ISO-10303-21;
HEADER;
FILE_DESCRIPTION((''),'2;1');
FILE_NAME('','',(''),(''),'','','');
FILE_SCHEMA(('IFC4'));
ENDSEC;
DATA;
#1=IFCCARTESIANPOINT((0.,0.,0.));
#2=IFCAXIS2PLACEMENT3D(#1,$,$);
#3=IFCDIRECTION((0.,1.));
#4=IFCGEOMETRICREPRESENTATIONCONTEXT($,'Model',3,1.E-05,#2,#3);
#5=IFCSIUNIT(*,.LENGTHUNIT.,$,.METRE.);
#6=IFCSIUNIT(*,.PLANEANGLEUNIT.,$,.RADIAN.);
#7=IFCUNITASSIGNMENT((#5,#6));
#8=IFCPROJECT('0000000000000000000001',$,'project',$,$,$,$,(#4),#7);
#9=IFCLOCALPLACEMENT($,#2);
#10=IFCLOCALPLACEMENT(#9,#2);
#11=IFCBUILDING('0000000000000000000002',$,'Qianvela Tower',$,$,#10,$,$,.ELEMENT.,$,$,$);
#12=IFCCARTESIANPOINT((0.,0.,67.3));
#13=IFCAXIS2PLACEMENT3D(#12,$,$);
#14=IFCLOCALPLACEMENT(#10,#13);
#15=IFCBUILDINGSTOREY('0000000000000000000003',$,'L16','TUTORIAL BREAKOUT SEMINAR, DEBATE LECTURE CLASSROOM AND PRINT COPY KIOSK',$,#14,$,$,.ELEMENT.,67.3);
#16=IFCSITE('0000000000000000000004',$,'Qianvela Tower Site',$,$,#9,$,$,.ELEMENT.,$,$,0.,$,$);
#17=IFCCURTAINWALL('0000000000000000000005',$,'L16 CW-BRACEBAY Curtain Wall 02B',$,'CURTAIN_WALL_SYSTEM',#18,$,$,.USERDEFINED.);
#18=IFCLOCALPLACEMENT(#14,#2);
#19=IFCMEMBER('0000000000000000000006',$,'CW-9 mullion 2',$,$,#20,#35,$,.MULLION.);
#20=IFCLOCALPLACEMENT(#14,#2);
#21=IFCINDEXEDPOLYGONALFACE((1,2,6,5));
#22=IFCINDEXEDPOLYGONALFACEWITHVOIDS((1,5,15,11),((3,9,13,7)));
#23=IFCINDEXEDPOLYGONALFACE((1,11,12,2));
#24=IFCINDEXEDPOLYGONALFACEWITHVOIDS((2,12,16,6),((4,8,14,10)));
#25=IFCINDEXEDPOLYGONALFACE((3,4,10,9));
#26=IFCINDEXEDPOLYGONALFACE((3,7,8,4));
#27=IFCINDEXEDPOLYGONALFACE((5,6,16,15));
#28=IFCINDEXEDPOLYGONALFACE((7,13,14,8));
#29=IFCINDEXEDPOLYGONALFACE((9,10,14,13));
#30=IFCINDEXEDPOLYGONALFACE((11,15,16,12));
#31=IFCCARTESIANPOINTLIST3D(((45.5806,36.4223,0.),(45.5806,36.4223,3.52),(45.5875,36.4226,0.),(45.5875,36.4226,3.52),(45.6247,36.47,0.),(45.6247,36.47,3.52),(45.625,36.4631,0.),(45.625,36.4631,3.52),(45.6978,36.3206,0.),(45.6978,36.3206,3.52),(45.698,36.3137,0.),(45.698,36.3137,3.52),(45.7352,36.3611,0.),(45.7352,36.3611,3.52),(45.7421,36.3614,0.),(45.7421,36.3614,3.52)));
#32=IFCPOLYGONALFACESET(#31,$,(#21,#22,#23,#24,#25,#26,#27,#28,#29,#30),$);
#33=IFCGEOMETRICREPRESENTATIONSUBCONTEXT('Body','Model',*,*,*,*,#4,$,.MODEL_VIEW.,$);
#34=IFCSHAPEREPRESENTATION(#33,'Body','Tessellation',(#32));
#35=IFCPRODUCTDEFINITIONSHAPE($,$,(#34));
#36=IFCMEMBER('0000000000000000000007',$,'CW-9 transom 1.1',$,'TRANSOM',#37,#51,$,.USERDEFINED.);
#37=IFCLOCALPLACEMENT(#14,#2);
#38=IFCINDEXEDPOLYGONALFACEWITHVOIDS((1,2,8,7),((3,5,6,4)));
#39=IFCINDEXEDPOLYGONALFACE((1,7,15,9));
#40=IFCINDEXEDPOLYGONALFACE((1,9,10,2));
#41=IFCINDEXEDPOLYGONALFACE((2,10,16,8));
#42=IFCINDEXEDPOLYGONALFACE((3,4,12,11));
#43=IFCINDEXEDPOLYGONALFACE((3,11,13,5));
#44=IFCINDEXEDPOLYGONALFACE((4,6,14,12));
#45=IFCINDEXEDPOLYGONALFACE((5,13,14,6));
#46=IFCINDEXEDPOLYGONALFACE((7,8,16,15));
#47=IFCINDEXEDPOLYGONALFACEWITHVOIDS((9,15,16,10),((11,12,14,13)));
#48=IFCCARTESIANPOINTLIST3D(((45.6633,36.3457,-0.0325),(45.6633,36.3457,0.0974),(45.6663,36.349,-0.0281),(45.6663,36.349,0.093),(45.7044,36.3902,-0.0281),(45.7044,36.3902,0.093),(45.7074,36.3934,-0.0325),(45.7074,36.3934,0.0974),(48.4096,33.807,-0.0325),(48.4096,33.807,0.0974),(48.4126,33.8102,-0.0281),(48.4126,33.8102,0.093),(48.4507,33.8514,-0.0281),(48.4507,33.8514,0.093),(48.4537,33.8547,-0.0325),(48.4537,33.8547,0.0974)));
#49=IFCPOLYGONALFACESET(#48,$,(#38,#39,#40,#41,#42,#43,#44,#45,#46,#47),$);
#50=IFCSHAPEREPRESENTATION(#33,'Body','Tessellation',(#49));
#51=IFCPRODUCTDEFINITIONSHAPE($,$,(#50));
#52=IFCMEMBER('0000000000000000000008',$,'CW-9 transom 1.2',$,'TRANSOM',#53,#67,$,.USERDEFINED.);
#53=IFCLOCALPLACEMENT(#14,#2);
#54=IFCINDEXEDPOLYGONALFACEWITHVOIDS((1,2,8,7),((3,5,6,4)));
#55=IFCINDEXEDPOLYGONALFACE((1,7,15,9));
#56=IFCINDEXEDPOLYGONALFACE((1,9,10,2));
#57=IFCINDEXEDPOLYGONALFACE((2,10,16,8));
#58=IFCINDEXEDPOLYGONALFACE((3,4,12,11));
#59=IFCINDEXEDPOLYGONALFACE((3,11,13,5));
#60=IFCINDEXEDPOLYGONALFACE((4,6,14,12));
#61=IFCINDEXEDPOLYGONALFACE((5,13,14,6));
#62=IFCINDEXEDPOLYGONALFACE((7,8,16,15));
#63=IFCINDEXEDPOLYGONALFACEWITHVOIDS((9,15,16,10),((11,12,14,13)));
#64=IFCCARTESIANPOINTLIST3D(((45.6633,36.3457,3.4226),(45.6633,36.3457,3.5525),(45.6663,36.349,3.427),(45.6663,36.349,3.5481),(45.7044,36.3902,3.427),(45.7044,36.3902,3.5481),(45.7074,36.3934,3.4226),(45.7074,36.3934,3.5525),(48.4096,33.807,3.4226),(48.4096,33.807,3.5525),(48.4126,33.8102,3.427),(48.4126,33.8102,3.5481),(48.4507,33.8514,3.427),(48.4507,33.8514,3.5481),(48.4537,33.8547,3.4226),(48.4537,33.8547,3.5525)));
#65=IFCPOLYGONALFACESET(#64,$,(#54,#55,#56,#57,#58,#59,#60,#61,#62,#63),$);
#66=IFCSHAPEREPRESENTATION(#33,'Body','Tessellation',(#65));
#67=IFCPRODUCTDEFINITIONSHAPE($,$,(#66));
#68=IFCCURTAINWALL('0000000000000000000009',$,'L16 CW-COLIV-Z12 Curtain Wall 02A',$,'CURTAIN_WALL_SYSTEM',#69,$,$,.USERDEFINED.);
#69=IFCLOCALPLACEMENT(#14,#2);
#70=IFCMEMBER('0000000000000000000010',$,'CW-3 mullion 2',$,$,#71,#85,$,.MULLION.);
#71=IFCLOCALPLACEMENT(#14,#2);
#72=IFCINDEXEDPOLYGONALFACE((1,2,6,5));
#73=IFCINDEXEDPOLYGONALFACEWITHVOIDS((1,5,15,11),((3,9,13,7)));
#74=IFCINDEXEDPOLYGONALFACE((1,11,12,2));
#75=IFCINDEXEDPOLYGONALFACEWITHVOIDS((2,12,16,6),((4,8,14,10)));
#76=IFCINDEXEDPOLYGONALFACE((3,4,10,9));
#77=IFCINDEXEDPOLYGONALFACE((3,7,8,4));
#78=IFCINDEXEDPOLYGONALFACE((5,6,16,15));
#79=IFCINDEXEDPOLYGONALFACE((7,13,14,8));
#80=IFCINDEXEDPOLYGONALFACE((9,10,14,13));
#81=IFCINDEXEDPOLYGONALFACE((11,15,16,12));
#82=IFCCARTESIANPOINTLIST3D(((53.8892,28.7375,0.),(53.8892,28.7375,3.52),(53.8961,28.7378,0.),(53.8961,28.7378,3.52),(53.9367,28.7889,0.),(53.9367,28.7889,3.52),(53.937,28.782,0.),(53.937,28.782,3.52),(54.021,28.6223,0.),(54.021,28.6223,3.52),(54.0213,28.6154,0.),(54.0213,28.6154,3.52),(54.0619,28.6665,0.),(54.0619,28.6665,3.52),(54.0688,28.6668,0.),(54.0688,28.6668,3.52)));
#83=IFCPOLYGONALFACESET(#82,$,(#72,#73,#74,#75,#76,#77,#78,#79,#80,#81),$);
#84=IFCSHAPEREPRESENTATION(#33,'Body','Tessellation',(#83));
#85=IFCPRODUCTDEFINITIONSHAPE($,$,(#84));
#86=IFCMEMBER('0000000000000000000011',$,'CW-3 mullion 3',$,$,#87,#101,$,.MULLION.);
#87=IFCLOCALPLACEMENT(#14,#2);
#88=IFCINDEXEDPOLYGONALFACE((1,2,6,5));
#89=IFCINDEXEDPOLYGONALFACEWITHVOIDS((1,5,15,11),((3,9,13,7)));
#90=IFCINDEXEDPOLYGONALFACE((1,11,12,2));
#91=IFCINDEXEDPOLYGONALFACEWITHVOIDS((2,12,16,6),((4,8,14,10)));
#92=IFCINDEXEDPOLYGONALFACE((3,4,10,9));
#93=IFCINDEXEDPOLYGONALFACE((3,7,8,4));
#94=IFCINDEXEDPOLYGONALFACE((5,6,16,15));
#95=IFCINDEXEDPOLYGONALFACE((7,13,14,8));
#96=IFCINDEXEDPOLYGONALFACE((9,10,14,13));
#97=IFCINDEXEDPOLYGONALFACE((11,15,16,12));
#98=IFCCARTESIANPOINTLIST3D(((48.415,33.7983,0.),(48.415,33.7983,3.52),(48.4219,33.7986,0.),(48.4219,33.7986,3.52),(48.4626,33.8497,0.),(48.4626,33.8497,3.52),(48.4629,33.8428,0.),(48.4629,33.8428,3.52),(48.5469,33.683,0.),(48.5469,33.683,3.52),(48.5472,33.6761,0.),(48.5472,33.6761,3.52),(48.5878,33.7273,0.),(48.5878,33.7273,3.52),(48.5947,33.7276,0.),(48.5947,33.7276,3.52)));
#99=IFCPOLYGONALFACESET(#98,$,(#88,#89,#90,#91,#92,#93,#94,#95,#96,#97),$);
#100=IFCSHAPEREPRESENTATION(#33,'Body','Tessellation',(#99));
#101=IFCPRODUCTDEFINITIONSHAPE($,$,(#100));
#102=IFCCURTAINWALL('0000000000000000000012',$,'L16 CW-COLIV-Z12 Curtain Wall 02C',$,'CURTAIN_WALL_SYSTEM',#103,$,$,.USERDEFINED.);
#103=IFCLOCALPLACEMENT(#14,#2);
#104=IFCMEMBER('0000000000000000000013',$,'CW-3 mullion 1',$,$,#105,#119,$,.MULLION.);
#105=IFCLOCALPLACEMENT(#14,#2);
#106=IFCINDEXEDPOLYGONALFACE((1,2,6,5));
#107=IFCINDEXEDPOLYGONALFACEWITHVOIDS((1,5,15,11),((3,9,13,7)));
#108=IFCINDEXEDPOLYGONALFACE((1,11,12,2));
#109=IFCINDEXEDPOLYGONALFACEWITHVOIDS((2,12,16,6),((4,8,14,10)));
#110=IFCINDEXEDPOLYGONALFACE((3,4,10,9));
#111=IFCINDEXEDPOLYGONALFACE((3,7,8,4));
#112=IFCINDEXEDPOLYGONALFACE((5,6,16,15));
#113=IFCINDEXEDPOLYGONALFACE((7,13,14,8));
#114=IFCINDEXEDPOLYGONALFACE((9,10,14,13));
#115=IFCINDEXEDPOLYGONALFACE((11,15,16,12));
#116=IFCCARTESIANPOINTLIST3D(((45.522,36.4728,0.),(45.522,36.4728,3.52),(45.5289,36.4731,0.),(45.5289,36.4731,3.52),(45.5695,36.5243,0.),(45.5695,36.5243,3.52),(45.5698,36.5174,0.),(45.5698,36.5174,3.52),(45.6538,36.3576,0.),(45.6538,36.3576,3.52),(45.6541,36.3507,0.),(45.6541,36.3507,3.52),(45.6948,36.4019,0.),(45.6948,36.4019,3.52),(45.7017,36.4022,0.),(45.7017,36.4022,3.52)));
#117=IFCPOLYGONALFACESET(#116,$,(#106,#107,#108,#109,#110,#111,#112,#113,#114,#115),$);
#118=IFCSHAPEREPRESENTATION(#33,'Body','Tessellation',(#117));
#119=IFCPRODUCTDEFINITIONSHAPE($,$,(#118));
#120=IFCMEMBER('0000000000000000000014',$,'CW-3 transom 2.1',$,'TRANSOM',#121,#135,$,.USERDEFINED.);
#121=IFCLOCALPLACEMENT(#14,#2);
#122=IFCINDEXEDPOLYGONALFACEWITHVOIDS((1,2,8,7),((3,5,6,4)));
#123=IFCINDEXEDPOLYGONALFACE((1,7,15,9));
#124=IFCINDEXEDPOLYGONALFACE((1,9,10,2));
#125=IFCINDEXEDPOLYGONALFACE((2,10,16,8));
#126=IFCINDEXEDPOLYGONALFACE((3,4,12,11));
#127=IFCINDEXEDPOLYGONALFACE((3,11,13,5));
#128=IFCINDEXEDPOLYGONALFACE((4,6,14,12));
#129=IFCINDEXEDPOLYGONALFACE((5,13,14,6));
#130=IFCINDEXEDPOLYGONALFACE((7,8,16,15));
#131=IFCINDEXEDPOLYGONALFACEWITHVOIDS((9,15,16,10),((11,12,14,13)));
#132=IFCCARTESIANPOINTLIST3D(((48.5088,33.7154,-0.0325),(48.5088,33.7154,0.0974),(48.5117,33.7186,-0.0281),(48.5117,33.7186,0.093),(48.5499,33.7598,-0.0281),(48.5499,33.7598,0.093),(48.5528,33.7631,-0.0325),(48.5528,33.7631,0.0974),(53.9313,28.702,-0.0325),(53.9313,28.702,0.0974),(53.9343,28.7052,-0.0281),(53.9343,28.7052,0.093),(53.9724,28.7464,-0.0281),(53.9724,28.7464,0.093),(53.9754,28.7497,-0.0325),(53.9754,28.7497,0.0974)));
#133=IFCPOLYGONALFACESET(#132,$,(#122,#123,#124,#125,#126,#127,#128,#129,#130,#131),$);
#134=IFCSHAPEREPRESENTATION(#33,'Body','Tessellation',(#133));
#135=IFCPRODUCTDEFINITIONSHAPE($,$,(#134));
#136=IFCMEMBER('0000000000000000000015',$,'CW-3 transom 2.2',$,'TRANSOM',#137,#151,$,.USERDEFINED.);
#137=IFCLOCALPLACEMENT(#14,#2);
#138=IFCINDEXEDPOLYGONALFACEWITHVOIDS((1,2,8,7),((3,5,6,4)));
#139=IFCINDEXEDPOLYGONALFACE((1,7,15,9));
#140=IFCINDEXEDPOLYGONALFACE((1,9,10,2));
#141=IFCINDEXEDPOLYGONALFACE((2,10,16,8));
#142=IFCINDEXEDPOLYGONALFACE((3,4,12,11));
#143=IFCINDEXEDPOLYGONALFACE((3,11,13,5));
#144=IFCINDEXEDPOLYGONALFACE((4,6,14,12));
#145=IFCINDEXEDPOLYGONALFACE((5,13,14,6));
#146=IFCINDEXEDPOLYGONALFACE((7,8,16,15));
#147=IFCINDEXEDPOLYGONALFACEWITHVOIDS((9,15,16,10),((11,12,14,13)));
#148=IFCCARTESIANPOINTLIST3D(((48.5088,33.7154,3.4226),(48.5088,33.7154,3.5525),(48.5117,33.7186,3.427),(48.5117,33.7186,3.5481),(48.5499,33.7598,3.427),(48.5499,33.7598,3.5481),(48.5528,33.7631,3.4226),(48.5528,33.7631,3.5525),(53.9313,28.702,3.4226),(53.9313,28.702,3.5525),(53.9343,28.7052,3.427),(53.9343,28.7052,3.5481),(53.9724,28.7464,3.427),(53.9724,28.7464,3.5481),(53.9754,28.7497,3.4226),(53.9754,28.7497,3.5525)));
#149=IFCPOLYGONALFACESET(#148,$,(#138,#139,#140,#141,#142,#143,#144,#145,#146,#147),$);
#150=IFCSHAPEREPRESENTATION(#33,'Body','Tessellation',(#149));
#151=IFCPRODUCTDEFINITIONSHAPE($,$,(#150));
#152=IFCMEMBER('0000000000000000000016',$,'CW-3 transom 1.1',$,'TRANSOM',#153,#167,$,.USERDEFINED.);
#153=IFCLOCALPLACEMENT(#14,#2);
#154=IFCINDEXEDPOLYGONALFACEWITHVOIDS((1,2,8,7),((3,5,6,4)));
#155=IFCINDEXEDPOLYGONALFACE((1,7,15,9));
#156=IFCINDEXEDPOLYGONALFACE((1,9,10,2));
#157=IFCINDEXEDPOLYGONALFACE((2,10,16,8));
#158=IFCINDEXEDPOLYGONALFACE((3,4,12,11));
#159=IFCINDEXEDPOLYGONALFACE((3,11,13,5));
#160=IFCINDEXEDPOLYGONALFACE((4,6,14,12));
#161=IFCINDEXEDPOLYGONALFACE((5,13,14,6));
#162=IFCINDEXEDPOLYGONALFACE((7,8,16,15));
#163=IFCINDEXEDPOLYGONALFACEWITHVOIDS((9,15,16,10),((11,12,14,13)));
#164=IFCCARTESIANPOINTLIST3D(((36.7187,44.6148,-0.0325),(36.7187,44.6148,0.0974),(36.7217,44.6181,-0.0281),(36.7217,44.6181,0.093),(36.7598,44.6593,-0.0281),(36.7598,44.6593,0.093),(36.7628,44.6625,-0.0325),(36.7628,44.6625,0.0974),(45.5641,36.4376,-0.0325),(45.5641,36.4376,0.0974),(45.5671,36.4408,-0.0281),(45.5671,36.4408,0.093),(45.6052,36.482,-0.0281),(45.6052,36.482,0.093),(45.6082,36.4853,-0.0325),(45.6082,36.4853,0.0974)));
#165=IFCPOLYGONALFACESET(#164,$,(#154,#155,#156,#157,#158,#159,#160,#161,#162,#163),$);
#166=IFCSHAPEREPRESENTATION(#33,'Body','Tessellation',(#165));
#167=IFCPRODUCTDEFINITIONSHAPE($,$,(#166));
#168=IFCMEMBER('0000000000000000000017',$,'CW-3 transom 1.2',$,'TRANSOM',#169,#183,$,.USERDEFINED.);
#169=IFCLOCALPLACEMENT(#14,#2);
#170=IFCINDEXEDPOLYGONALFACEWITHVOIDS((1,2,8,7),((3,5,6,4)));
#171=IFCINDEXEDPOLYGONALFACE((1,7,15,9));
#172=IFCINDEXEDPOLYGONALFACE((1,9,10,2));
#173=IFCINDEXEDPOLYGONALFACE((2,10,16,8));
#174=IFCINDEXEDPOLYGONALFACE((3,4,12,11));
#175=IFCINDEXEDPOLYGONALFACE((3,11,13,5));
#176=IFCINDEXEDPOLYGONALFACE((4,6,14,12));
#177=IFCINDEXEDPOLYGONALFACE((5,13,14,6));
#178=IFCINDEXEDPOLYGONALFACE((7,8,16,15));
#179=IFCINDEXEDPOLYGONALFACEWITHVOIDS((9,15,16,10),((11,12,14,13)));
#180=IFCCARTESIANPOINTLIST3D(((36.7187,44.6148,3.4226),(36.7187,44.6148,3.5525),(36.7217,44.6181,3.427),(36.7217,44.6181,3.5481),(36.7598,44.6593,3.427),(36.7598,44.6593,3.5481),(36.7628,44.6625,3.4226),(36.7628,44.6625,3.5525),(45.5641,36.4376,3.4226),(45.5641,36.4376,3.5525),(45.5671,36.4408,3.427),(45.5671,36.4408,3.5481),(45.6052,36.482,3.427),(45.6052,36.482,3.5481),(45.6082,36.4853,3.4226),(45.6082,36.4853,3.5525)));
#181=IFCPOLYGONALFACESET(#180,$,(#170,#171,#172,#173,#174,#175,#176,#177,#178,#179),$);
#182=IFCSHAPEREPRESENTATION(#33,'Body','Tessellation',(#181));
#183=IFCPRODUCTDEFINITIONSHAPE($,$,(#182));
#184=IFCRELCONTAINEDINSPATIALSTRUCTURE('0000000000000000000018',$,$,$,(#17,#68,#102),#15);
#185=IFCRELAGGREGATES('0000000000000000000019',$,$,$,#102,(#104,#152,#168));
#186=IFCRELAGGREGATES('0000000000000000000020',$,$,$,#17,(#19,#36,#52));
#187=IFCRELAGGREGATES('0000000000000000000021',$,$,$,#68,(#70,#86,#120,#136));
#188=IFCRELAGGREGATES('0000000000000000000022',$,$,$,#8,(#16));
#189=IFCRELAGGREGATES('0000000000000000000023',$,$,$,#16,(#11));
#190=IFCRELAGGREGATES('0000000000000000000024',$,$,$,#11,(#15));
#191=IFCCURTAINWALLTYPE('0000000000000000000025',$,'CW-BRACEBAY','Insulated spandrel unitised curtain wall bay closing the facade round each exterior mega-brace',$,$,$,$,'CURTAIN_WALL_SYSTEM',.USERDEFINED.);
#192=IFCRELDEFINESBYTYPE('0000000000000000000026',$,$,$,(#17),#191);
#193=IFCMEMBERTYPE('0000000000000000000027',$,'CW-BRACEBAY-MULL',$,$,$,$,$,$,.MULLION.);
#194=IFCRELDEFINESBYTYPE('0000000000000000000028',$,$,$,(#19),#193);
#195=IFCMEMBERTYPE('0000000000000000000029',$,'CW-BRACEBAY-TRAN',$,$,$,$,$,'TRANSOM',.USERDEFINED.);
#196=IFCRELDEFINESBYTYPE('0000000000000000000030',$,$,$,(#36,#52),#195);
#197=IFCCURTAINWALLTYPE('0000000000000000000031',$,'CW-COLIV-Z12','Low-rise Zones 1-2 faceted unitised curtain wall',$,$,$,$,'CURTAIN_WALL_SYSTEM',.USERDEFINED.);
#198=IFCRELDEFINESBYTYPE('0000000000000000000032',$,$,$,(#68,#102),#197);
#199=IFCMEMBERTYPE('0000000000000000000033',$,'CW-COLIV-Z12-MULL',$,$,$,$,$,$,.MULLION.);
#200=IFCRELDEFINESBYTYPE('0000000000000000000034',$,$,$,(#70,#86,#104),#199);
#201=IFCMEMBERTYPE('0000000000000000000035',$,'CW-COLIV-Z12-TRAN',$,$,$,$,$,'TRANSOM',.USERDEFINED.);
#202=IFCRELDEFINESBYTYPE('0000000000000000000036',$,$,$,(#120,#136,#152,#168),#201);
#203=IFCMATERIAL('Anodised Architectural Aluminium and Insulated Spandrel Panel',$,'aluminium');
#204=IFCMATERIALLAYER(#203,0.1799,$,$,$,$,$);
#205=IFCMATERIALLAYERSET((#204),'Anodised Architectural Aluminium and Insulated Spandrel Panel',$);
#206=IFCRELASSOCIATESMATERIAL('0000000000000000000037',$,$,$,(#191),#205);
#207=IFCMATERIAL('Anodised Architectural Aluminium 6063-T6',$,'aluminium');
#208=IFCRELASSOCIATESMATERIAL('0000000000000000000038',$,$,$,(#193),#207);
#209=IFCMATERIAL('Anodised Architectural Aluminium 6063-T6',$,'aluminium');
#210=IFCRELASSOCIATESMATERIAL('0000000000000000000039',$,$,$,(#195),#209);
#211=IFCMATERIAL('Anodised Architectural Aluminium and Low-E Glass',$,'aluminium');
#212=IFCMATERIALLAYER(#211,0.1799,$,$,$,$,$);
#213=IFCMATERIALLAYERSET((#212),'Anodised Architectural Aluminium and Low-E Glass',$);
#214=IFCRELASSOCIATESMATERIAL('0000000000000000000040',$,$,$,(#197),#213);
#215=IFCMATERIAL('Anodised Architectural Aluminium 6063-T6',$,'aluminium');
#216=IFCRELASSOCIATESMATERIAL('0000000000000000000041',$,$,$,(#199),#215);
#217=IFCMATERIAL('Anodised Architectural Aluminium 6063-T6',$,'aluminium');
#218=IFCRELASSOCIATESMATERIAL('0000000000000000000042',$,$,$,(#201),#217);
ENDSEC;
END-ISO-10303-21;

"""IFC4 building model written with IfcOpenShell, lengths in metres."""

from ifc_helpers import new_model, si_unit, direction, frame, origin, origin_2d, place, context, subcontext, project, spatial, hollow_rectangle, extrude, material, layer, layer_set, material_profile, profile_set, type_object, element, aggregate, save


model = new_model("IFC4")

# Units and contexts
model_context = context("Model", 3, precision=1e-05, world=origin(), true_north=direction((0.0, 1.0)))
body_context = subcontext(model_context, "Body", "Model", "MODEL_VIEW")
ifc_project = project(units=[si_unit("LENGTHUNIT", "METRE"), si_unit("PLANEANGLEUNIT", "RADIAN")], contexts=[model_context])

# Site, building, storey
site_placement = place(None, origin())
site = spatial("IfcSite", under=ifc_project, at=site_placement, Name="Qianvela Tower Site", CompositionType="ELEMENT", RefElevation=0.0)
building_placement = place(site_placement, origin())
building = spatial("IfcBuilding", under=site, at=building_placement, Name="Qianvela Tower", CompositionType="ELEMENT")
storey_placement = place(building_placement, frame((0.0, 0.0, 67.3)))
storey = spatial("IfcBuildingStorey", under=building, at=storey_placement, Name="L16", Description="TUTORIAL BREAKOUT SEMINAR, DEBATE LECTURE CLASSROOM AND PRINT COPY KIOSK", CompositionType="ELEMENT", Elevation=67.3)

# Curtain walls, members
ifc_material_1 = material(Name="Anodised Architectural Aluminium and Insulated Spandrel Panel", Category="aluminium")
ifc_layer_1 = layer(ifc_material_1, 0.1799)
ifc_layer_set_1 = layer_set([ifc_layer_1], Name="Anodised Architectural Aluminium and Insulated Spandrel Panel")
curtain_wall_type_1 = type_object("IfcCurtainWallType", Name="CW-BRACEBAY", Description="Insulated spandrel unitised curtain wall bay closing the facade round each exterior mega-brace", ElementType="CURTAIN_WALL_SYSTEM", PredefinedType="USERDEFINED", material=ifc_layer_set_1)
curtain_wall_1_placement = place(storey_placement, origin())
curtain_wall_1 = element("IfcCurtainWall", 1, at=curtain_wall_1_placement, inside=storey, type_object=curtain_wall_type_1, Name="L16 CW-BRACEBAY Curtain Wall 02B", ObjectType="CURTAIN_WALL_SYSTEM", PredefinedType="USERDEFINED")
ifc_material_2 = material(Name="Anodised Architectural Aluminium 6063-T6", Category="aluminium")
ifc_material_profile_1 = material_profile(ifc_material_2, hollow_rectangle(XDim=0.0649, YDim=0.1599, WallThickness=0.0049, at=origin_2d()), Name="ALU-MULL-65x160")
ifc_profile_set_1 = profile_set([ifc_material_profile_1], Name="Anodised Architectural Aluminium 6063-T6")
member_type_1 = type_object("IfcMemberType", Name="CW-BRACEBAY-MULL", PredefinedType="MULLION", material=ifc_profile_set_1)
member_1_placement = place(storey_placement, frame((45.6614, 36.3918, 0.0), z_axis=(0.0, 0.0, 1.0), x_axis=(-0.678837, -0.734289, 0.0)))
member_1 = element("IfcMember", 2, at=member_1_placement, type_object=member_type_1, Name="CW-9 mullion 2", PredefinedType="MULLION", context=body_context, shape_type="SweptSolid", body=[
    extrude(hollow_rectangle(XDim=0.0649, YDim=0.1599, WallThickness=0.0049, at=origin_2d()), origin(), (0.0, 0.0, 1.0), 3.52),
])
ifc_material_3 = material(Name="Anodised Architectural Aluminium 6063-T6", Category="aluminium")
ifc_material_profile_2 = material_profile(ifc_material_3, hollow_rectangle(XDim=0.0649, YDim=0.1299, WallThickness=0.0044, at=origin_2d()), Name="ALU-TRAN-65x130")
ifc_profile_set_2 = profile_set([ifc_material_profile_2], Name="Anodised Architectural Aluminium 6063-T6")
member_type_2 = type_object("IfcMemberType", Name="CW-BRACEBAY-TRAN", ElementType="TRANSOM", PredefinedType="USERDEFINED", material=ifc_profile_set_2)
member_2_placement = place(storey_placement, frame((48.4316, 33.8308, 0.0325), z_axis=(-0.734305, 0.678819, 0.0), x_axis=(-0.678819, -0.734305, 0.0)))
member_2 = element("IfcMember", 3, at=member_2_placement, type_object=member_type_2, Name="CW-9 transom 1.1", ObjectType="TRANSOM", PredefinedType="USERDEFINED", context=body_context, shape_type="SweptSolid", body=[
    extrude(hollow_rectangle(XDim=0.0649, YDim=0.1299, WallThickness=0.0044, at=origin_2d()), origin(), (0.0, 0.0, 1.0), 3.74),
])
member_3_placement = place(storey_placement, frame((48.4316, 33.8308, 3.4875), z_axis=(-0.734305, 0.678819, 0.0), x_axis=(-0.678819, -0.734305, 0.0)))
member_3 = element("IfcMember", 4, at=member_3_placement, type_object=member_type_2, Name="CW-9 transom 1.2", ObjectType="TRANSOM", PredefinedType="USERDEFINED", context=body_context, shape_type="SweptSolid", body=[
    extrude(hollow_rectangle(XDim=0.0649, YDim=0.1299, WallThickness=0.0044, at=origin_2d()), origin(), (0.0, 0.0, 1.0), 3.74),
])
ifc_material_4 = material(Name="Anodised Architectural Aluminium and Low-E Glass", Category="aluminium")
ifc_layer_2 = layer(ifc_material_4, 0.1799)
ifc_layer_set_2 = layer_set([ifc_layer_2], Name="Anodised Architectural Aluminium and Low-E Glass")
curtain_wall_type_2 = type_object("IfcCurtainWallType", Name="CW-COLIV-Z12", Description="Low-rise Zones 1-2 faceted unitised curtain wall", ElementType="CURTAIN_WALL_SYSTEM", PredefinedType="USERDEFINED", material=ifc_layer_set_2)
curtain_wall_2_placement = place(storey_placement, origin())
curtain_wall_2 = element("IfcCurtainWall", 5, at=curtain_wall_2_placement, inside=storey, type_object=curtain_wall_type_2, Name="L16 CW-COLIV-Z12 Curtain Wall 02A", ObjectType="CURTAIN_WALL_SYSTEM", PredefinedType="USERDEFINED")
ifc_material_5 = material(Name="Anodised Architectural Aluminium 6063-T6", Category="aluminium")
ifc_material_profile_3 = material_profile(ifc_material_5, hollow_rectangle(XDim=0.0701, YDim=0.1799, WallThickness=0.0049, at=origin_2d()), Name="ALU-MULL-70x180")
ifc_profile_set_3 = profile_set([ifc_material_profile_3], Name="Anodised Architectural Aluminium 6063-T6")
member_type_3 = type_object("IfcMemberType", Name="CW-COLIV-Z12-MULL", PredefinedType="MULLION", material=ifc_profile_set_3)
member_4_placement = place(storey_placement, frame((53.979, 28.7021, 0.0), z_axis=(0.0, 0.0, 1.0), x_axis=(-0.678843, -0.734283, 0.0)))
member_4 = element("IfcMember", 6, at=member_4_placement, type_object=member_type_3, Name="CW-3 mullion 2", PredefinedType="MULLION", context=body_context, shape_type="SweptSolid", body=[
    extrude(hollow_rectangle(XDim=0.0701, YDim=0.1799, WallThickness=0.0049, at=origin_2d()), origin(), (0.0, 0.0, 1.0), 3.52),
])
member_5_placement = place(storey_placement, frame((48.5049, 33.7629, 0.0), z_axis=(0.0, 0.0, 1.0), x_axis=(-0.678843, -0.734283, 0.0)))
member_5 = element("IfcMember", 7, at=member_5_placement, type_object=member_type_3, Name="CW-3 mullion 3", PredefinedType="MULLION", context=body_context, shape_type="SweptSolid", body=[
    extrude(hollow_rectangle(XDim=0.0701, YDim=0.1799, WallThickness=0.0049, at=origin_2d()), origin(), (0.0, 0.0, 1.0), 3.52),
])

# Curtain wall, member
curtain_wall_3_placement = place(storey_placement, origin())
curtain_wall_3 = element("IfcCurtainWall", 8, at=curtain_wall_3_placement, inside=storey, type_object=curtain_wall_type_2, Name="L16 CW-COLIV-Z12 Curtain Wall 02C", ObjectType="CURTAIN_WALL_SYSTEM", PredefinedType="USERDEFINED")
member_6_placement = place(storey_placement, frame((45.6118, 36.4375, 0.0), z_axis=(0.0, 0.0, 1.0), x_axis=(-0.678839, -0.734287, 0.0)))
member_6 = element("IfcMember", 9, at=member_6_placement, type_object=member_type_3, Name="CW-3 mullion 1", PredefinedType="MULLION", context=body_context, shape_type="SweptSolid", body=[
    extrude(hollow_rectangle(XDim=0.0701, YDim=0.1799, WallThickness=0.0049, at=origin_2d()), origin(), (0.0, 0.0, 1.0), 3.52),
])

# Members
ifc_material_6 = material(Name="Anodised Architectural Aluminium 6063-T6", Category="aluminium")
ifc_material_profile_4 = material_profile(ifc_material_6, hollow_rectangle(XDim=0.0649, YDim=0.1299, WallThickness=0.0044, at=origin_2d()), Name="ALU-TRAN-65x130")
ifc_profile_set_4 = profile_set([ifc_material_profile_4], Name="Anodised Architectural Aluminium 6063-T6")
member_type_4 = type_object("IfcMemberType", Name="CW-COLIV-Z12-TRAN", ElementType="TRANSOM", PredefinedType="USERDEFINED", material=ifc_profile_set_4)
member_7_placement = place(storey_placement, frame((53.9534, 28.7258, 0.0325), z_axis=(-0.734267, 0.678861, 0.0), x_axis=(-0.678861, -0.734267, 0.0)))
member_7 = element("IfcMember", 10, at=member_7_placement, type_object=member_type_4, Name="CW-3 transom 2.1", ObjectType="TRANSOM", PredefinedType="USERDEFINED", context=body_context, shape_type="SweptSolid", body=[
    extrude(hollow_rectangle(XDim=0.0649, YDim=0.1299, WallThickness=0.0044, at=origin_2d()), origin(), (0.0, 0.0, 1.0), 7.385),
])
member_8_placement = place(storey_placement, frame((53.9534, 28.7258, 3.4875), z_axis=(-0.734267, 0.678861, 0.0), x_axis=(-0.678861, -0.734267, 0.0)))
member_8 = element("IfcMember", 11, at=member_8_placement, type_object=member_type_4, Name="CW-3 transom 2.2", ObjectType="TRANSOM", PredefinedType="USERDEFINED", context=body_context, shape_type="SweptSolid", body=[
    extrude(hollow_rectangle(XDim=0.0649, YDim=0.1299, WallThickness=0.0044, at=origin_2d()), origin(), (0.0, 0.0, 1.0), 7.385),
])
member_9_placement = place(storey_placement, frame((45.5862, 36.4614, 0.0325), z_axis=(-0.734298, 0.678827, 0.0), x_axis=(-0.678827, -0.734298, 0.0)))
member_9 = element("IfcMember", 12, at=member_9_placement, type_object=member_type_4, Name="CW-3 transom 1.1", ObjectType="TRANSOM", PredefinedType="USERDEFINED", context=body_context, shape_type="SweptSolid", body=[
    extrude(hollow_rectangle(XDim=0.0649, YDim=0.1299, WallThickness=0.0044, at=origin_2d()), origin(), (0.0, 0.0, 1.0), 12.0461),
])
member_10_placement = place(storey_placement, frame((45.5862, 36.4614, 3.4875), z_axis=(-0.734298, 0.678827, 0.0), x_axis=(-0.678827, -0.734298, 0.0)))
member_10 = element("IfcMember", 13, at=member_10_placement, type_object=member_type_4, Name="CW-3 transom 1.2", ObjectType="TRANSOM", PredefinedType="USERDEFINED", context=body_context, shape_type="SweptSolid", body=[
    extrude(hollow_rectangle(XDim=0.0649, YDim=0.1299, WallThickness=0.0044, at=origin_2d()), origin(), (0.0, 0.0, 1.0), 12.0461),
])
aggregate(curtain_wall_3, [member_6, member_9, member_10])

aggregate(curtain_wall_1, [member_1, member_2, member_3])
aggregate(curtain_wall_2, [member_4, member_5, member_7, member_8])

save(model, "model.ifc")
